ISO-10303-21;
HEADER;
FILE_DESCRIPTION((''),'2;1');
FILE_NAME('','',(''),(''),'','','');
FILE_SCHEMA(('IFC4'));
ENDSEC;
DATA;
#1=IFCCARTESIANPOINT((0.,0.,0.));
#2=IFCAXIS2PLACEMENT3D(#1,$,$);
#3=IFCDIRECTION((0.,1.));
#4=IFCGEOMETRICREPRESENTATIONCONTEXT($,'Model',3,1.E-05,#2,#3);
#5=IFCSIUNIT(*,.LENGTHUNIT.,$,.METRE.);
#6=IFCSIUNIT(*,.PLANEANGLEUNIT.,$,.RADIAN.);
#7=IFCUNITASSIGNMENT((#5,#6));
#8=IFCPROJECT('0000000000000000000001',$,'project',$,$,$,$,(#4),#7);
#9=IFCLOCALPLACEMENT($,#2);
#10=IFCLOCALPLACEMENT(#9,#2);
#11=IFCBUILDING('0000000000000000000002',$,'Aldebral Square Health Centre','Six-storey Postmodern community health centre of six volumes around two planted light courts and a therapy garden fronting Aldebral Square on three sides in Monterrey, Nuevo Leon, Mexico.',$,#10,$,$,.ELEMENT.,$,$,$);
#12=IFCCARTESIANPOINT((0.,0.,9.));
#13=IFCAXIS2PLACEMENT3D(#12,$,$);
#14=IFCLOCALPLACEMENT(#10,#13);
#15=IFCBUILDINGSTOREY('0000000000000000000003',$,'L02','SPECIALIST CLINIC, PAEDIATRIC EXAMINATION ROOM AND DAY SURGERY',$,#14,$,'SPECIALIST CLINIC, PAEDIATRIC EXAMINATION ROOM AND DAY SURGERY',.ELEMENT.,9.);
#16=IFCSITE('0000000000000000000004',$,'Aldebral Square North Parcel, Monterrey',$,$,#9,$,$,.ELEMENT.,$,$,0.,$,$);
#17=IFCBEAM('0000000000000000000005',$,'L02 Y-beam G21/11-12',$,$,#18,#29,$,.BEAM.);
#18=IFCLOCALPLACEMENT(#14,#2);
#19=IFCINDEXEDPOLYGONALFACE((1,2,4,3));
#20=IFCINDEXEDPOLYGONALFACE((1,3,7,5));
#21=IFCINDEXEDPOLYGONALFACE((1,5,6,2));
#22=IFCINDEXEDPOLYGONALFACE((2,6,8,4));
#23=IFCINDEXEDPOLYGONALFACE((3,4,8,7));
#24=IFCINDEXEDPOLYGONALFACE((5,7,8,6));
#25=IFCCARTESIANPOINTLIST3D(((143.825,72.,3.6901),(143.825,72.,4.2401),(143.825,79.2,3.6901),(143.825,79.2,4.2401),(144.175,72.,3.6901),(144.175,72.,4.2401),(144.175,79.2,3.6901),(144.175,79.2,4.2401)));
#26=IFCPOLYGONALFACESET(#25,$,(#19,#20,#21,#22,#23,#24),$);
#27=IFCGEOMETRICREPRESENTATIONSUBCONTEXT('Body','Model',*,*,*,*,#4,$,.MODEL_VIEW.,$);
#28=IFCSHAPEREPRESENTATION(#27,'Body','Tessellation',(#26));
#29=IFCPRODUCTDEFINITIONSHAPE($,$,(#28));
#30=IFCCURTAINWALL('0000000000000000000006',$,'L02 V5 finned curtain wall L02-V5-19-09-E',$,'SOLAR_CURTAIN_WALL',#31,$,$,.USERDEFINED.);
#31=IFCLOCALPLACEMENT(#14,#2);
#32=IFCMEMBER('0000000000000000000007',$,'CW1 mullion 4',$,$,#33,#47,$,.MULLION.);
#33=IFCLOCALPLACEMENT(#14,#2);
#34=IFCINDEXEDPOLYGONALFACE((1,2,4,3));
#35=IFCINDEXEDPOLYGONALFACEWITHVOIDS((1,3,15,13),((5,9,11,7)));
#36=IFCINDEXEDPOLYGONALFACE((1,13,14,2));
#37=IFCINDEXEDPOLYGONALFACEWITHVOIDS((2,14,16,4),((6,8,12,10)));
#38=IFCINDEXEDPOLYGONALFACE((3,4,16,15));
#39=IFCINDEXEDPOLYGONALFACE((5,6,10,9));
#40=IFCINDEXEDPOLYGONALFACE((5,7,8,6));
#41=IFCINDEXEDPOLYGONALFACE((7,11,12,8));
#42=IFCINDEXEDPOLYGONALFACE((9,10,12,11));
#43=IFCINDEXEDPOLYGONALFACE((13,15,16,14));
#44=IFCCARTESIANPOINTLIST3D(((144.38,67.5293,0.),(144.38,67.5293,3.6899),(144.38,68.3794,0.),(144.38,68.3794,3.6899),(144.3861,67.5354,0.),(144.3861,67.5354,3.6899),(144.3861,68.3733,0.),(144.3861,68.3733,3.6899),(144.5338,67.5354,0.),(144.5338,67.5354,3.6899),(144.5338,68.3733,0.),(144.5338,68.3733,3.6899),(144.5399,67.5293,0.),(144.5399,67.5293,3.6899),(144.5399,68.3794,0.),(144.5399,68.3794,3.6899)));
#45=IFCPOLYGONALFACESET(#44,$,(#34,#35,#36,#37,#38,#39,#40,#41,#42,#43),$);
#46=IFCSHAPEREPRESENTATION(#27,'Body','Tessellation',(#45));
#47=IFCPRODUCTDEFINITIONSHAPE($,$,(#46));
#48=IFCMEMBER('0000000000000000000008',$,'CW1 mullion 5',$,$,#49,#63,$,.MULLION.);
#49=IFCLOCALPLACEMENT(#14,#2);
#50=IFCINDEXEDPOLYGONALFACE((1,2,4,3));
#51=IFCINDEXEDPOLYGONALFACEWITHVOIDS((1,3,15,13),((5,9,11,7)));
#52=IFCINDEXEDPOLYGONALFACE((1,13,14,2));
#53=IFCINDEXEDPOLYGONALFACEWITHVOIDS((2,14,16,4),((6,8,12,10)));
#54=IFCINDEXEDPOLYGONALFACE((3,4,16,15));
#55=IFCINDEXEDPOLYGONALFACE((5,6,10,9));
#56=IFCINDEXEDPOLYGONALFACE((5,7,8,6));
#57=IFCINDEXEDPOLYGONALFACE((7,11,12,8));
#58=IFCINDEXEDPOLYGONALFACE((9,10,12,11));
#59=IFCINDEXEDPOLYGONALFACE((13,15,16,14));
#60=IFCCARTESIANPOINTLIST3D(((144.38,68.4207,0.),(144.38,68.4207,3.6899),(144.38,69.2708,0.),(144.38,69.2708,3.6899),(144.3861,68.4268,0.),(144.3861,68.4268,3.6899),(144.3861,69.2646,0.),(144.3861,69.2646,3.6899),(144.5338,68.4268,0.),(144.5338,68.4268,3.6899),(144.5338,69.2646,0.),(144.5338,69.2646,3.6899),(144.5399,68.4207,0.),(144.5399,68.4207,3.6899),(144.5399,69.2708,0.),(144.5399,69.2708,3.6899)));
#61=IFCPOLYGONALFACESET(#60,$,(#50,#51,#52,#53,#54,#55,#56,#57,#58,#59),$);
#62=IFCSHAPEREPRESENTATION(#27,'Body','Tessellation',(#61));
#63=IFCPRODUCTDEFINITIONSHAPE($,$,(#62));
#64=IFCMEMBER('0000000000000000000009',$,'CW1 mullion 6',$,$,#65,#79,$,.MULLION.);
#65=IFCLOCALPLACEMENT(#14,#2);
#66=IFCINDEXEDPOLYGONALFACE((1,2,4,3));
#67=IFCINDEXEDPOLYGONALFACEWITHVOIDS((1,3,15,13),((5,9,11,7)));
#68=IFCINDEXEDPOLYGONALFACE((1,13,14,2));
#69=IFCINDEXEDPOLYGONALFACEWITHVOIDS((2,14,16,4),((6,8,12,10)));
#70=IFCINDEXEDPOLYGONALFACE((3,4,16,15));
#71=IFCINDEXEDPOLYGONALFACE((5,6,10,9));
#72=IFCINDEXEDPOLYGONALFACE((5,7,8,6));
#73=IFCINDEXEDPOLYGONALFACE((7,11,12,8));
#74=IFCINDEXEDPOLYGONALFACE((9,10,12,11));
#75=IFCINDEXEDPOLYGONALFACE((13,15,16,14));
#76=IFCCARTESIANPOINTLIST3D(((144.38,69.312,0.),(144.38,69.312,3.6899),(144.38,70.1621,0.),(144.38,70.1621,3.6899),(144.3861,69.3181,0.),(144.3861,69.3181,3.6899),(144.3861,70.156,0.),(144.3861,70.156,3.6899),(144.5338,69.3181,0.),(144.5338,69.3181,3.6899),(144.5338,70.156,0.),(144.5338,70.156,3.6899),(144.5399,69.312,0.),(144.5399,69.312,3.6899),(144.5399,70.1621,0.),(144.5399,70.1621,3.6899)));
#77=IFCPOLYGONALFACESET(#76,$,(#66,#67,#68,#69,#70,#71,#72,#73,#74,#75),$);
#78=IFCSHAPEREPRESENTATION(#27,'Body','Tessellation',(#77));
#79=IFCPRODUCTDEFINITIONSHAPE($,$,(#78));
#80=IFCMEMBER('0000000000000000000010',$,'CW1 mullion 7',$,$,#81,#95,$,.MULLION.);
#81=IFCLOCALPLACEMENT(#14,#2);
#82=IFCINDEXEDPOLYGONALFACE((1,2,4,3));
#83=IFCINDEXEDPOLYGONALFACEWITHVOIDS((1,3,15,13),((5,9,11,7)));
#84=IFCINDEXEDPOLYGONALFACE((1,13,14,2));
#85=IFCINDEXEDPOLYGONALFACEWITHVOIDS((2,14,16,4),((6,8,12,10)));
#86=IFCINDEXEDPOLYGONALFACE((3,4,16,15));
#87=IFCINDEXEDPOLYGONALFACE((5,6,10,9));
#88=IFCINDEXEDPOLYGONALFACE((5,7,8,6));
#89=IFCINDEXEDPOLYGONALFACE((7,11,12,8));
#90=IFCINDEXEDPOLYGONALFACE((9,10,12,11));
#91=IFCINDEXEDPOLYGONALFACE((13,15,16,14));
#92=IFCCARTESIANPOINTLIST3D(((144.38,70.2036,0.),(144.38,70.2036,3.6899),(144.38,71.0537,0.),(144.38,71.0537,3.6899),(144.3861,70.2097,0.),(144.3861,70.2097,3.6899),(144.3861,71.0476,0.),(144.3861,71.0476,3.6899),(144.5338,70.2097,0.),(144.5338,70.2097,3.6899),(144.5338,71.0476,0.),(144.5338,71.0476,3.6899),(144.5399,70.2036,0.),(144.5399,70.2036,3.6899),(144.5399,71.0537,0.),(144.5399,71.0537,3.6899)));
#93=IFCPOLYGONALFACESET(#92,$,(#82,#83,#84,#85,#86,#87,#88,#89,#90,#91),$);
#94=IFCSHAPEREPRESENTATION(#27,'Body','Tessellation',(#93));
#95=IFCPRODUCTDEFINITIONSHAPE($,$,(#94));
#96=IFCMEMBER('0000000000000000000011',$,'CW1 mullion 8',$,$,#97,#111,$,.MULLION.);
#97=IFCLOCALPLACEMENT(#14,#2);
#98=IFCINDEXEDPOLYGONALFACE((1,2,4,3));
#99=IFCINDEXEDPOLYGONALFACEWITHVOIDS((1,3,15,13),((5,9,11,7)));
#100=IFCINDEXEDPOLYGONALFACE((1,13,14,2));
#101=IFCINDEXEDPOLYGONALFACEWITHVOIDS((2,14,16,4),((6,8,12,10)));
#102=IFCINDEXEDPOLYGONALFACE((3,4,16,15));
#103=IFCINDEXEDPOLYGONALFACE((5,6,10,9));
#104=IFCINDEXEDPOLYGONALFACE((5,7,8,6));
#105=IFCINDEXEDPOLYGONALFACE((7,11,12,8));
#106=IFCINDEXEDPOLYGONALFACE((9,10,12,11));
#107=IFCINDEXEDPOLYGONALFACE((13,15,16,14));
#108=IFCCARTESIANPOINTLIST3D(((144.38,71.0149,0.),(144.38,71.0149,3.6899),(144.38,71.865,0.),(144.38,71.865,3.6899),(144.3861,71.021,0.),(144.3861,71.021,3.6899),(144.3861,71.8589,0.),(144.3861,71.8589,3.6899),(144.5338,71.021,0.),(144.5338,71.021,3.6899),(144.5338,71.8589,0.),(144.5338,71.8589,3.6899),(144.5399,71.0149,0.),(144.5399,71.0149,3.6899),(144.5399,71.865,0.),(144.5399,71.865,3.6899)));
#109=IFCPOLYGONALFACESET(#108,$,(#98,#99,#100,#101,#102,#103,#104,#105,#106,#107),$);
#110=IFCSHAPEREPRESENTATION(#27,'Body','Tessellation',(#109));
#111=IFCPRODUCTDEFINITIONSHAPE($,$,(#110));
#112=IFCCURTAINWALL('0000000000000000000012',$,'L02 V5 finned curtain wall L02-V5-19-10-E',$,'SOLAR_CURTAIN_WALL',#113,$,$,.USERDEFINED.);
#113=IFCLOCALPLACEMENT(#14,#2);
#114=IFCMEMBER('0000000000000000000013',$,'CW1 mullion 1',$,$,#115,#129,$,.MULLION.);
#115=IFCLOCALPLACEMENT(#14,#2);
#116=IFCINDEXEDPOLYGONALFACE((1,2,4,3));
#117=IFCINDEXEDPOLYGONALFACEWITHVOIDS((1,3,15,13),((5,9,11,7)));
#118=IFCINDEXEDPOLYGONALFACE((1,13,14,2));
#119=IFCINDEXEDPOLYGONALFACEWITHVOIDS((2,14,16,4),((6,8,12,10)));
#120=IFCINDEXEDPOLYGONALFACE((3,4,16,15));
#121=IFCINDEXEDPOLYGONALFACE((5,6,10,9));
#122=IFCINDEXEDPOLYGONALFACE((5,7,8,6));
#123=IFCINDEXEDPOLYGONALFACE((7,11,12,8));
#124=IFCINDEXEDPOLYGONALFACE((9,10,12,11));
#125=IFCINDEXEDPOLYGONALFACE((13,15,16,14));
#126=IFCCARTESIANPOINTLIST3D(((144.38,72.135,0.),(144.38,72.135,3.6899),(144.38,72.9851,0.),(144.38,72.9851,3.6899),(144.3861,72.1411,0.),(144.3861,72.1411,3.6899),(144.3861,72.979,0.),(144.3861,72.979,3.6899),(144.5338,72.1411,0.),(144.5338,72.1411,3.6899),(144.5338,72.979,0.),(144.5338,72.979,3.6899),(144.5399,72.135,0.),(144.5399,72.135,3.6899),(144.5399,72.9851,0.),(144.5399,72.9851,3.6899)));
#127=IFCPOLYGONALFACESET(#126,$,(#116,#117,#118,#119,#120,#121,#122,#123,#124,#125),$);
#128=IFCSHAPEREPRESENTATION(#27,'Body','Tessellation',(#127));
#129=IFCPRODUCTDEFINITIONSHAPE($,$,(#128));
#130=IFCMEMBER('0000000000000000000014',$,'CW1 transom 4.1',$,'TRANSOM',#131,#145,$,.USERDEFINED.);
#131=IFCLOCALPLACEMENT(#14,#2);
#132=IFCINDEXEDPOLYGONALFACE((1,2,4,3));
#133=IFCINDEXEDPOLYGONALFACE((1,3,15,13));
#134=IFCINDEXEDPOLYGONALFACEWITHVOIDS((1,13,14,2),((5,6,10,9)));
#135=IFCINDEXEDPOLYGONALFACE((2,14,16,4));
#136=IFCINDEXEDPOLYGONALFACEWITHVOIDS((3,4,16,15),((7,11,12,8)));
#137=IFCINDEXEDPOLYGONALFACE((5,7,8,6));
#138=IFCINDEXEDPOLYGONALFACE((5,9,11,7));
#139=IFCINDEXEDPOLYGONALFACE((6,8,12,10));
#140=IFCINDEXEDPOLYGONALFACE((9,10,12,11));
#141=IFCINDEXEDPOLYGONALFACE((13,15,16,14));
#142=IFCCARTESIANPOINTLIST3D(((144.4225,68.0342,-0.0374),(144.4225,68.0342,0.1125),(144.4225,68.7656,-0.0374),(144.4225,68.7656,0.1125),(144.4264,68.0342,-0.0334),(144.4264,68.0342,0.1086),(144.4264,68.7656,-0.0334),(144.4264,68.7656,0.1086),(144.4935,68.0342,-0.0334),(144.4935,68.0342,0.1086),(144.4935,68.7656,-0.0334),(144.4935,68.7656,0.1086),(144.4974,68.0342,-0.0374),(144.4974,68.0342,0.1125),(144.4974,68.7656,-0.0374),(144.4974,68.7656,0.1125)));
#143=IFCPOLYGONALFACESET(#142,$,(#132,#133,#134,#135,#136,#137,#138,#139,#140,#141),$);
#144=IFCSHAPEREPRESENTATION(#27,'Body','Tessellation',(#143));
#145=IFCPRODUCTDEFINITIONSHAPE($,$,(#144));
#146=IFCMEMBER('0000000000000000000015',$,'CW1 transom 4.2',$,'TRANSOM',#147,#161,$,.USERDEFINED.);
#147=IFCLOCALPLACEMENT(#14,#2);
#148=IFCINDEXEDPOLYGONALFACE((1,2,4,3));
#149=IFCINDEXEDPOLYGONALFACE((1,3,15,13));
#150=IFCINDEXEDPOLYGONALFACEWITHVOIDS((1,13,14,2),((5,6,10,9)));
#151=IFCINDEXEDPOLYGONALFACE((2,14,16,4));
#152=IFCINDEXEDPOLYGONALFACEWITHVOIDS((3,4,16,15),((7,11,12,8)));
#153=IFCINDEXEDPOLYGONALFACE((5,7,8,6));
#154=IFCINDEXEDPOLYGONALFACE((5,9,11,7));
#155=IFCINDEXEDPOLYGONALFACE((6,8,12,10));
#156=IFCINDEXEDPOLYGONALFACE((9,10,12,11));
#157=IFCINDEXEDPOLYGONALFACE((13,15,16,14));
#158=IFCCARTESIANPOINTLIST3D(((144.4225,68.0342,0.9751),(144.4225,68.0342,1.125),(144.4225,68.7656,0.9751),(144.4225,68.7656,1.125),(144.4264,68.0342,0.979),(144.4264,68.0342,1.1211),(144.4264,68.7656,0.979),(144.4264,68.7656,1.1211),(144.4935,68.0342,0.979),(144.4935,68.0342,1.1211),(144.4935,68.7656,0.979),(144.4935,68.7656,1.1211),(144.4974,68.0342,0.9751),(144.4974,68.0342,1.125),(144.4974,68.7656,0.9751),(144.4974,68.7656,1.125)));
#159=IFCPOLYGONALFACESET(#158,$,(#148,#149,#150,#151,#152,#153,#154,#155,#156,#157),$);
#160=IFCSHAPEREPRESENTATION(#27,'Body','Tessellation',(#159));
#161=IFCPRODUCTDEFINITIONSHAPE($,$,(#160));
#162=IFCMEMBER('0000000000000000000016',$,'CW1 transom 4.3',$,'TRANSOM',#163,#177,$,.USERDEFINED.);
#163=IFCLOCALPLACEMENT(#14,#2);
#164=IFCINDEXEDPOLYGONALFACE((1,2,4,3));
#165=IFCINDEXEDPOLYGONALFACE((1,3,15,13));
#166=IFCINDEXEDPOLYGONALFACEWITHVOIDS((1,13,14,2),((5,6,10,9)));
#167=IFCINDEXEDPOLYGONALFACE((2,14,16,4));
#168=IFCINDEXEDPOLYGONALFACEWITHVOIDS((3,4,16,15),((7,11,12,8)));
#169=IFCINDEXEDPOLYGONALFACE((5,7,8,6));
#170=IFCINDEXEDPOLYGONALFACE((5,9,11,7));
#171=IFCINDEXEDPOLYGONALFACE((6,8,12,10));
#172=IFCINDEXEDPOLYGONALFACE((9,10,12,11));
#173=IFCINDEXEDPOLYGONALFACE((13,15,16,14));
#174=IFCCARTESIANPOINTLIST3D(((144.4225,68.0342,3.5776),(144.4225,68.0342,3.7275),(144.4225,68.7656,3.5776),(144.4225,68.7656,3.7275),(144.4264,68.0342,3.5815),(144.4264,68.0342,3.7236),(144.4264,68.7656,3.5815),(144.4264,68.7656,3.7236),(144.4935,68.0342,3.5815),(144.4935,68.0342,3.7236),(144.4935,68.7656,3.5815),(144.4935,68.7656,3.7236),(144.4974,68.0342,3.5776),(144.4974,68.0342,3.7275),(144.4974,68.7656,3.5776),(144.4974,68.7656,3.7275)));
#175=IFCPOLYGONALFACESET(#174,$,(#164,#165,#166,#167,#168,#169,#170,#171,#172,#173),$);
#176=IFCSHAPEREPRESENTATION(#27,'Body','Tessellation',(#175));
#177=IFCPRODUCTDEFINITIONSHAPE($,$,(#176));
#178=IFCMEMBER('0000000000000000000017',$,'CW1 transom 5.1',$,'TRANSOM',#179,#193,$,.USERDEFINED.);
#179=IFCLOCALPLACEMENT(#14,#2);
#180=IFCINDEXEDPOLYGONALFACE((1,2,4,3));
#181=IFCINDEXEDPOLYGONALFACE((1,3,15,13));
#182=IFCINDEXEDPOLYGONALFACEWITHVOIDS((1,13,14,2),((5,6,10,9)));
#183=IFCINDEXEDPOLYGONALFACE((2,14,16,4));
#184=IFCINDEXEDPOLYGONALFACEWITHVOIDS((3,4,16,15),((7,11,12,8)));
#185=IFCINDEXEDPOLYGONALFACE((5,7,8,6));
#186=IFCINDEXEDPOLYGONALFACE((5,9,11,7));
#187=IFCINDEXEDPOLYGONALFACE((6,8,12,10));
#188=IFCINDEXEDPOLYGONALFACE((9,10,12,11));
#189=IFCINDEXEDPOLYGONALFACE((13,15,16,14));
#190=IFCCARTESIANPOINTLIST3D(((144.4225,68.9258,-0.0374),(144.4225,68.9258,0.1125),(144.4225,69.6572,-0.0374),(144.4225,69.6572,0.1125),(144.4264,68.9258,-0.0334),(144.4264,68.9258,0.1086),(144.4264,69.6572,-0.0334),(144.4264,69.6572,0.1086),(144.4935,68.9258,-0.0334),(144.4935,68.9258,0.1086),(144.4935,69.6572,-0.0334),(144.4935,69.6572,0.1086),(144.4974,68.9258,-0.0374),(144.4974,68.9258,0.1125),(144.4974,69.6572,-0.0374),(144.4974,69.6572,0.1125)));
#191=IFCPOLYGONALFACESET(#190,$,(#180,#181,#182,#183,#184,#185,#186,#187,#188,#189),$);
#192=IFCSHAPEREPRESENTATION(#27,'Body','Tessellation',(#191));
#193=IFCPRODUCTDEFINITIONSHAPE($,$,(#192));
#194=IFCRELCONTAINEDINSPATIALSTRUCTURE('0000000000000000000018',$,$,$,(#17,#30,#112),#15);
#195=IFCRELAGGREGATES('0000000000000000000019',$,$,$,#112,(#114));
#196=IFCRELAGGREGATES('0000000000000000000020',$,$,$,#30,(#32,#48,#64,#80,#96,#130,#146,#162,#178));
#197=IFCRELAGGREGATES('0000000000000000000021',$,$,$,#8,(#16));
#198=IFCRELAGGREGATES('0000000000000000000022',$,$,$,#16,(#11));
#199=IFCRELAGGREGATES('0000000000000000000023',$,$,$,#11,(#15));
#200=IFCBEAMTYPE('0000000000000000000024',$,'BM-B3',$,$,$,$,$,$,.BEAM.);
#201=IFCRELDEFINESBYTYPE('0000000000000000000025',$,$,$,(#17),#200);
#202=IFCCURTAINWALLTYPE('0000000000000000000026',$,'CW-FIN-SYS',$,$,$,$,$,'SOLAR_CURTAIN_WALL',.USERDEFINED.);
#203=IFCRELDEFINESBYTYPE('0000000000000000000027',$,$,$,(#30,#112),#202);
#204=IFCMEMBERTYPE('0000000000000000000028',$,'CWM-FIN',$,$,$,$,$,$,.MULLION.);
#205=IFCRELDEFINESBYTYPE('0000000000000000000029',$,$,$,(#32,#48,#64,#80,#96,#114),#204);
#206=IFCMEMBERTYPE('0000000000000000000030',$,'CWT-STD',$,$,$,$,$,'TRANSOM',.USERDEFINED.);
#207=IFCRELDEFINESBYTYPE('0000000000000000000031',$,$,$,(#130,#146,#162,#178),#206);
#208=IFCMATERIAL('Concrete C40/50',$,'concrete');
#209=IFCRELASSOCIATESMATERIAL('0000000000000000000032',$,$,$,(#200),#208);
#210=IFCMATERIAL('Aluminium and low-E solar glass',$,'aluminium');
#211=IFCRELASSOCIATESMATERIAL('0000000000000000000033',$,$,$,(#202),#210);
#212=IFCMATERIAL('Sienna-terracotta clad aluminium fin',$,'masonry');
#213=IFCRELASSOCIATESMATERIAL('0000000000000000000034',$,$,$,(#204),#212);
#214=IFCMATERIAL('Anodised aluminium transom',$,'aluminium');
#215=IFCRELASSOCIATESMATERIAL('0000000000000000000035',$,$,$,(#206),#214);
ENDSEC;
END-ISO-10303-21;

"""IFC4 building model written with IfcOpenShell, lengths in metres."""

from ifc_helpers import new_model, si_unit, direction, frame, origin, origin_2d, place, context, subcontext, project, spatial, rectangle, hollow_rectangle, extrude, material, material_profile, profile_set, type_object, element, aggregate, save


model = new_model("IFC4")

# Units and contexts
model_context = context("Model", 3, precision=1e-05, world=origin(), true_north=direction((0.0, 1.0)))
body_context = subcontext(model_context, "Body", "Model", "MODEL_VIEW")
ifc_project = project(units=[si_unit("LENGTHUNIT", "METRE"), si_unit("PLANEANGLEUNIT", "RADIAN")], contexts=[model_context])

# Site, building, storey
site_placement = place(None, origin())
site = spatial("IfcSite", under=ifc_project, at=site_placement, Name="Aldebral Square North Parcel, Monterrey", CompositionType="ELEMENT", RefElevation=0.0)
building_placement = place(site_placement, origin())
building = spatial("IfcBuilding", under=site, at=building_placement, Name="Aldebral Square Health Centre", Description="Six-storey Postmodern community health centre of six volumes around two planted light courts and a therapy garden fronting Aldebral Square on three sides in Monterrey, Nuevo Leon, Mexico.", CompositionType="ELEMENT")
storey_placement = place(building_placement, frame((0.0, 0.0, 9.0)))
storey = spatial("IfcBuildingStorey", under=building, at=storey_placement, Name="L02", Description="SPECIALIST CLINIC, PAEDIATRIC EXAMINATION ROOM AND DAY SURGERY", LongName="SPECIALIST CLINIC, PAEDIATRIC EXAMINATION ROOM AND DAY SURGERY", CompositionType="ELEMENT", Elevation=9.0)

# Beam
ifc_material_1 = material(Name="Concrete C40/50", Category="concrete")
ifc_material_profile_1 = material_profile(ifc_material_1, rectangle(XDim=0.3501, YDim=0.55, at=origin_2d()), Name="RC 350x550")
ifc_profile_set_1 = profile_set([ifc_material_profile_1], Name="Concrete C40/50")
beam_type = type_object("IfcBeamType", Name="BM-B3", PredefinedType="BEAM", material=ifc_profile_set_1)
beam_placement = place(storey_placement, frame((144.0, 72.0, 3.9651), z_axis=(0.0, 1.0, 0.0), x_axis=(-1.0, 0.0, 0.0)))
element("IfcBeam", 1, at=beam_placement, inside=storey, type_object=beam_type, Name="L02 Y-beam G21/11-12", PredefinedType="BEAM", context=body_context, shape_type="SweptSolid", body=[
    extrude(rectangle(XDim=0.3501, YDim=0.55, at=origin_2d()), origin(), (0.0, 0.0, 1.0), 7.2),
])

# Curtain wall, members
ifc_material_2 = material(Name="Aluminium and low-E solar glass", Category="aluminium")
curtain_wall_type = type_object("IfcCurtainWallType", Name="CW-FIN-SYS", ElementType="SOLAR_CURTAIN_WALL", PredefinedType="USERDEFINED", material=ifc_material_2)
curtain_wall_1_placement = place(storey_placement, origin())
curtain_wall_1 = element("IfcCurtainWall", 2, at=curtain_wall_1_placement, inside=storey, type_object=curtain_wall_type, Name="L02 V5 finned curtain wall L02-V5-19-09-E", ObjectType="SOLAR_CURTAIN_WALL", PredefinedType="USERDEFINED")
ifc_material_3 = material(Name="Sienna-terracotta clad aluminium fin", Category="masonry")
ifc_material_profile_2 = material_profile(ifc_material_3, hollow_rectangle(XDim=0.1599, YDim=0.8501, WallThickness=0.0061, at=origin_2d()), Name="FIN 160x850x6")
ifc_profile_set_2 = profile_set([ifc_material_profile_2], Name="Sienna-terracotta clad aluminium fin")
member_type_1 = type_object("IfcMemberType", Name="CWM-FIN", PredefinedType="MULLION", material=ifc_profile_set_2)
member_1_placement = place(storey_placement, frame((144.46, 67.9543, 0.0), z_axis=(0.0, 0.0, 1.0), x_axis=(-1.0, 0.0, 0.0)))
member_1 = element("IfcMember", 3, at=member_1_placement, type_object=member_type_1, Name="CW1 mullion 4", PredefinedType="MULLION", context=body_context, shape_type="SweptSolid", body=[
    extrude(hollow_rectangle(XDim=0.1599, YDim=0.8501, WallThickness=0.0061, at=origin_2d()), origin(), (0.0, 0.0, 1.0), 3.6899),
])
member_2_placement = place(storey_placement, frame((144.46, 68.8457, 0.0), z_axis=(0.0, 0.0, 1.0), x_axis=(-1.0, 0.0, 0.0)))
member_2 = element("IfcMember", 4, at=member_2_placement, type_object=member_type_1, Name="CW1 mullion 5", PredefinedType="MULLION", context=body_context, shape_type="SweptSolid", body=[
    extrude(hollow_rectangle(XDim=0.1599, YDim=0.8501, WallThickness=0.0061, at=origin_2d()), origin(), (0.0, 0.0, 1.0), 3.6899),
])
member_3_placement = place(storey_placement, frame((144.46, 69.7371, 0.0), z_axis=(0.0, 0.0, 1.0), x_axis=(-1.0, 0.0, 0.0)))
member_3 = element("IfcMember", 5, at=member_3_placement, type_object=member_type_1, Name="CW1 mullion 6", PredefinedType="MULLION", context=body_context, shape_type="SweptSolid", body=[
    extrude(hollow_rectangle(XDim=0.1599, YDim=0.8501, WallThickness=0.0061, at=origin_2d()), origin(), (0.0, 0.0, 1.0), 3.6899),
])
member_4_placement = place(storey_placement, frame((144.46, 70.6287, 0.0), z_axis=(0.0, 0.0, 1.0), x_axis=(-1.0, 0.0, 0.0)))
member_4 = element("IfcMember", 6, at=member_4_placement, type_object=member_type_1, Name="CW1 mullion 7", PredefinedType="MULLION", context=body_context, shape_type="SweptSolid", body=[
    extrude(hollow_rectangle(XDim=0.1599, YDim=0.8501, WallThickness=0.0061, at=origin_2d()), origin(), (0.0, 0.0, 1.0), 3.6899),
])
member_5_placement = place(storey_placement, frame((144.46, 71.4399, 0.0), z_axis=(0.0, 0.0, 1.0), x_axis=(-1.0, 0.0, 0.0)))
member_5 = element("IfcMember", 7, at=member_5_placement, type_object=member_type_1, Name="CW1 mullion 8", PredefinedType="MULLION", context=body_context, shape_type="SweptSolid", body=[
    extrude(hollow_rectangle(XDim=0.1599, YDim=0.8501, WallThickness=0.0061, at=origin_2d()), origin(), (0.0, 0.0, 1.0), 3.6899),
])

# Curtain wall, member
curtain_wall_2_placement = place(storey_placement, origin())
curtain_wall_2 = element("IfcCurtainWall", 8, at=curtain_wall_2_placement, inside=storey, type_object=curtain_wall_type, Name="L02 V5 finned curtain wall L02-V5-19-10-E", ObjectType="SOLAR_CURTAIN_WALL", PredefinedType="USERDEFINED")
member_6_placement = place(storey_placement, frame((144.46, 72.5601, 0.0), z_axis=(0.0, 0.0, 1.0), x_axis=(-1.0, 0.0, 0.0)))
member_6 = element("IfcMember", 9, at=member_6_placement, type_object=member_type_1, Name="CW1 mullion 1", PredefinedType="MULLION", context=body_context, shape_type="SweptSolid", body=[
    extrude(hollow_rectangle(XDim=0.1599, YDim=0.8501, WallThickness=0.0061, at=origin_2d()), origin(), (0.0, 0.0, 1.0), 3.6899),
])

# Members
ifc_material_4 = material(Name="Anodised aluminium transom", Category="aluminium")
ifc_material_profile_3 = material_profile(ifc_material_4, hollow_rectangle(XDim=0.075, YDim=0.1499, WallThickness=0.0039, at=origin_2d()), Name="CWT 75x150x4")
ifc_profile_set_3 = profile_set([ifc_material_profile_3], Name="Anodised aluminium transom")
member_type_2 = type_object("IfcMemberType", Name="CWT-STD", ElementType="TRANSOM", PredefinedType="USERDEFINED", material=ifc_profile_set_3)
member_7_placement = place(storey_placement, frame((144.46, 68.0342, 0.0376), z_axis=(0.0, 1.0, 0.0), x_axis=(-1.0, 0.0, 0.0)))
member_7 = element("IfcMember", 10, at=member_7_placement, type_object=member_type_2, Name="CW1 transom 4.1", ObjectType="TRANSOM", PredefinedType="USERDEFINED", context=body_context, shape_type="SweptSolid", body=[
    extrude(hollow_rectangle(XDim=0.075, YDim=0.1499, WallThickness=0.0039, at=origin_2d()), origin(), (0.0, 0.0, 1.0), 0.7314),
])
member_8_placement = place(storey_placement, frame((144.46, 68.0342, 1.05), z_axis=(0.0, 1.0, 0.0), x_axis=(-1.0, 0.0, 0.0)))
member_8 = element("IfcMember", 11, at=member_8_placement, type_object=member_type_2, Name="CW1 transom 4.2", ObjectType="TRANSOM", PredefinedType="USERDEFINED", context=body_context, shape_type="SweptSolid", body=[
    extrude(hollow_rectangle(XDim=0.075, YDim=0.1499, WallThickness=0.0039, at=origin_2d()), origin(), (0.0, 0.0, 1.0), 0.7314),
])
member_9_placement = place(storey_placement, frame((144.46, 68.0342, 3.6526), z_axis=(0.0, 1.0, 0.0), x_axis=(-1.0, 0.0, 0.0)))
member_9 = element("IfcMember", 12, at=member_9_placement, type_object=member_type_2, Name="CW1 transom 4.3", ObjectType="TRANSOM", PredefinedType="USERDEFINED", context=body_context, shape_type="SweptSolid", body=[
    extrude(hollow_rectangle(XDim=0.075, YDim=0.1499, WallThickness=0.0039, at=origin_2d()), origin(), (0.0, 0.0, 1.0), 0.7314),
])
member_10_placement = place(storey_placement, frame((144.46, 68.9258, 0.0376), z_axis=(0.0, 1.0, 0.0), x_axis=(-1.0, 0.0, 0.0)))
member_10 = element("IfcMember", 13, at=member_10_placement, type_object=member_type_2, Name="CW1 transom 5.1", ObjectType="TRANSOM", PredefinedType="USERDEFINED", context=body_context, shape_type="SweptSolid", body=[
    extrude(hollow_rectangle(XDim=0.075, YDim=0.1499, WallThickness=0.0039, at=origin_2d()), origin(), (0.0, 0.0, 1.0), 0.7314),
])

aggregate(curtain_wall_2, [member_6])
aggregate(curtain_wall_1, [member_1, member_2, member_3, member_4, member_5, member_7, member_8, member_9, member_10])

save(model, "model.ifc")
